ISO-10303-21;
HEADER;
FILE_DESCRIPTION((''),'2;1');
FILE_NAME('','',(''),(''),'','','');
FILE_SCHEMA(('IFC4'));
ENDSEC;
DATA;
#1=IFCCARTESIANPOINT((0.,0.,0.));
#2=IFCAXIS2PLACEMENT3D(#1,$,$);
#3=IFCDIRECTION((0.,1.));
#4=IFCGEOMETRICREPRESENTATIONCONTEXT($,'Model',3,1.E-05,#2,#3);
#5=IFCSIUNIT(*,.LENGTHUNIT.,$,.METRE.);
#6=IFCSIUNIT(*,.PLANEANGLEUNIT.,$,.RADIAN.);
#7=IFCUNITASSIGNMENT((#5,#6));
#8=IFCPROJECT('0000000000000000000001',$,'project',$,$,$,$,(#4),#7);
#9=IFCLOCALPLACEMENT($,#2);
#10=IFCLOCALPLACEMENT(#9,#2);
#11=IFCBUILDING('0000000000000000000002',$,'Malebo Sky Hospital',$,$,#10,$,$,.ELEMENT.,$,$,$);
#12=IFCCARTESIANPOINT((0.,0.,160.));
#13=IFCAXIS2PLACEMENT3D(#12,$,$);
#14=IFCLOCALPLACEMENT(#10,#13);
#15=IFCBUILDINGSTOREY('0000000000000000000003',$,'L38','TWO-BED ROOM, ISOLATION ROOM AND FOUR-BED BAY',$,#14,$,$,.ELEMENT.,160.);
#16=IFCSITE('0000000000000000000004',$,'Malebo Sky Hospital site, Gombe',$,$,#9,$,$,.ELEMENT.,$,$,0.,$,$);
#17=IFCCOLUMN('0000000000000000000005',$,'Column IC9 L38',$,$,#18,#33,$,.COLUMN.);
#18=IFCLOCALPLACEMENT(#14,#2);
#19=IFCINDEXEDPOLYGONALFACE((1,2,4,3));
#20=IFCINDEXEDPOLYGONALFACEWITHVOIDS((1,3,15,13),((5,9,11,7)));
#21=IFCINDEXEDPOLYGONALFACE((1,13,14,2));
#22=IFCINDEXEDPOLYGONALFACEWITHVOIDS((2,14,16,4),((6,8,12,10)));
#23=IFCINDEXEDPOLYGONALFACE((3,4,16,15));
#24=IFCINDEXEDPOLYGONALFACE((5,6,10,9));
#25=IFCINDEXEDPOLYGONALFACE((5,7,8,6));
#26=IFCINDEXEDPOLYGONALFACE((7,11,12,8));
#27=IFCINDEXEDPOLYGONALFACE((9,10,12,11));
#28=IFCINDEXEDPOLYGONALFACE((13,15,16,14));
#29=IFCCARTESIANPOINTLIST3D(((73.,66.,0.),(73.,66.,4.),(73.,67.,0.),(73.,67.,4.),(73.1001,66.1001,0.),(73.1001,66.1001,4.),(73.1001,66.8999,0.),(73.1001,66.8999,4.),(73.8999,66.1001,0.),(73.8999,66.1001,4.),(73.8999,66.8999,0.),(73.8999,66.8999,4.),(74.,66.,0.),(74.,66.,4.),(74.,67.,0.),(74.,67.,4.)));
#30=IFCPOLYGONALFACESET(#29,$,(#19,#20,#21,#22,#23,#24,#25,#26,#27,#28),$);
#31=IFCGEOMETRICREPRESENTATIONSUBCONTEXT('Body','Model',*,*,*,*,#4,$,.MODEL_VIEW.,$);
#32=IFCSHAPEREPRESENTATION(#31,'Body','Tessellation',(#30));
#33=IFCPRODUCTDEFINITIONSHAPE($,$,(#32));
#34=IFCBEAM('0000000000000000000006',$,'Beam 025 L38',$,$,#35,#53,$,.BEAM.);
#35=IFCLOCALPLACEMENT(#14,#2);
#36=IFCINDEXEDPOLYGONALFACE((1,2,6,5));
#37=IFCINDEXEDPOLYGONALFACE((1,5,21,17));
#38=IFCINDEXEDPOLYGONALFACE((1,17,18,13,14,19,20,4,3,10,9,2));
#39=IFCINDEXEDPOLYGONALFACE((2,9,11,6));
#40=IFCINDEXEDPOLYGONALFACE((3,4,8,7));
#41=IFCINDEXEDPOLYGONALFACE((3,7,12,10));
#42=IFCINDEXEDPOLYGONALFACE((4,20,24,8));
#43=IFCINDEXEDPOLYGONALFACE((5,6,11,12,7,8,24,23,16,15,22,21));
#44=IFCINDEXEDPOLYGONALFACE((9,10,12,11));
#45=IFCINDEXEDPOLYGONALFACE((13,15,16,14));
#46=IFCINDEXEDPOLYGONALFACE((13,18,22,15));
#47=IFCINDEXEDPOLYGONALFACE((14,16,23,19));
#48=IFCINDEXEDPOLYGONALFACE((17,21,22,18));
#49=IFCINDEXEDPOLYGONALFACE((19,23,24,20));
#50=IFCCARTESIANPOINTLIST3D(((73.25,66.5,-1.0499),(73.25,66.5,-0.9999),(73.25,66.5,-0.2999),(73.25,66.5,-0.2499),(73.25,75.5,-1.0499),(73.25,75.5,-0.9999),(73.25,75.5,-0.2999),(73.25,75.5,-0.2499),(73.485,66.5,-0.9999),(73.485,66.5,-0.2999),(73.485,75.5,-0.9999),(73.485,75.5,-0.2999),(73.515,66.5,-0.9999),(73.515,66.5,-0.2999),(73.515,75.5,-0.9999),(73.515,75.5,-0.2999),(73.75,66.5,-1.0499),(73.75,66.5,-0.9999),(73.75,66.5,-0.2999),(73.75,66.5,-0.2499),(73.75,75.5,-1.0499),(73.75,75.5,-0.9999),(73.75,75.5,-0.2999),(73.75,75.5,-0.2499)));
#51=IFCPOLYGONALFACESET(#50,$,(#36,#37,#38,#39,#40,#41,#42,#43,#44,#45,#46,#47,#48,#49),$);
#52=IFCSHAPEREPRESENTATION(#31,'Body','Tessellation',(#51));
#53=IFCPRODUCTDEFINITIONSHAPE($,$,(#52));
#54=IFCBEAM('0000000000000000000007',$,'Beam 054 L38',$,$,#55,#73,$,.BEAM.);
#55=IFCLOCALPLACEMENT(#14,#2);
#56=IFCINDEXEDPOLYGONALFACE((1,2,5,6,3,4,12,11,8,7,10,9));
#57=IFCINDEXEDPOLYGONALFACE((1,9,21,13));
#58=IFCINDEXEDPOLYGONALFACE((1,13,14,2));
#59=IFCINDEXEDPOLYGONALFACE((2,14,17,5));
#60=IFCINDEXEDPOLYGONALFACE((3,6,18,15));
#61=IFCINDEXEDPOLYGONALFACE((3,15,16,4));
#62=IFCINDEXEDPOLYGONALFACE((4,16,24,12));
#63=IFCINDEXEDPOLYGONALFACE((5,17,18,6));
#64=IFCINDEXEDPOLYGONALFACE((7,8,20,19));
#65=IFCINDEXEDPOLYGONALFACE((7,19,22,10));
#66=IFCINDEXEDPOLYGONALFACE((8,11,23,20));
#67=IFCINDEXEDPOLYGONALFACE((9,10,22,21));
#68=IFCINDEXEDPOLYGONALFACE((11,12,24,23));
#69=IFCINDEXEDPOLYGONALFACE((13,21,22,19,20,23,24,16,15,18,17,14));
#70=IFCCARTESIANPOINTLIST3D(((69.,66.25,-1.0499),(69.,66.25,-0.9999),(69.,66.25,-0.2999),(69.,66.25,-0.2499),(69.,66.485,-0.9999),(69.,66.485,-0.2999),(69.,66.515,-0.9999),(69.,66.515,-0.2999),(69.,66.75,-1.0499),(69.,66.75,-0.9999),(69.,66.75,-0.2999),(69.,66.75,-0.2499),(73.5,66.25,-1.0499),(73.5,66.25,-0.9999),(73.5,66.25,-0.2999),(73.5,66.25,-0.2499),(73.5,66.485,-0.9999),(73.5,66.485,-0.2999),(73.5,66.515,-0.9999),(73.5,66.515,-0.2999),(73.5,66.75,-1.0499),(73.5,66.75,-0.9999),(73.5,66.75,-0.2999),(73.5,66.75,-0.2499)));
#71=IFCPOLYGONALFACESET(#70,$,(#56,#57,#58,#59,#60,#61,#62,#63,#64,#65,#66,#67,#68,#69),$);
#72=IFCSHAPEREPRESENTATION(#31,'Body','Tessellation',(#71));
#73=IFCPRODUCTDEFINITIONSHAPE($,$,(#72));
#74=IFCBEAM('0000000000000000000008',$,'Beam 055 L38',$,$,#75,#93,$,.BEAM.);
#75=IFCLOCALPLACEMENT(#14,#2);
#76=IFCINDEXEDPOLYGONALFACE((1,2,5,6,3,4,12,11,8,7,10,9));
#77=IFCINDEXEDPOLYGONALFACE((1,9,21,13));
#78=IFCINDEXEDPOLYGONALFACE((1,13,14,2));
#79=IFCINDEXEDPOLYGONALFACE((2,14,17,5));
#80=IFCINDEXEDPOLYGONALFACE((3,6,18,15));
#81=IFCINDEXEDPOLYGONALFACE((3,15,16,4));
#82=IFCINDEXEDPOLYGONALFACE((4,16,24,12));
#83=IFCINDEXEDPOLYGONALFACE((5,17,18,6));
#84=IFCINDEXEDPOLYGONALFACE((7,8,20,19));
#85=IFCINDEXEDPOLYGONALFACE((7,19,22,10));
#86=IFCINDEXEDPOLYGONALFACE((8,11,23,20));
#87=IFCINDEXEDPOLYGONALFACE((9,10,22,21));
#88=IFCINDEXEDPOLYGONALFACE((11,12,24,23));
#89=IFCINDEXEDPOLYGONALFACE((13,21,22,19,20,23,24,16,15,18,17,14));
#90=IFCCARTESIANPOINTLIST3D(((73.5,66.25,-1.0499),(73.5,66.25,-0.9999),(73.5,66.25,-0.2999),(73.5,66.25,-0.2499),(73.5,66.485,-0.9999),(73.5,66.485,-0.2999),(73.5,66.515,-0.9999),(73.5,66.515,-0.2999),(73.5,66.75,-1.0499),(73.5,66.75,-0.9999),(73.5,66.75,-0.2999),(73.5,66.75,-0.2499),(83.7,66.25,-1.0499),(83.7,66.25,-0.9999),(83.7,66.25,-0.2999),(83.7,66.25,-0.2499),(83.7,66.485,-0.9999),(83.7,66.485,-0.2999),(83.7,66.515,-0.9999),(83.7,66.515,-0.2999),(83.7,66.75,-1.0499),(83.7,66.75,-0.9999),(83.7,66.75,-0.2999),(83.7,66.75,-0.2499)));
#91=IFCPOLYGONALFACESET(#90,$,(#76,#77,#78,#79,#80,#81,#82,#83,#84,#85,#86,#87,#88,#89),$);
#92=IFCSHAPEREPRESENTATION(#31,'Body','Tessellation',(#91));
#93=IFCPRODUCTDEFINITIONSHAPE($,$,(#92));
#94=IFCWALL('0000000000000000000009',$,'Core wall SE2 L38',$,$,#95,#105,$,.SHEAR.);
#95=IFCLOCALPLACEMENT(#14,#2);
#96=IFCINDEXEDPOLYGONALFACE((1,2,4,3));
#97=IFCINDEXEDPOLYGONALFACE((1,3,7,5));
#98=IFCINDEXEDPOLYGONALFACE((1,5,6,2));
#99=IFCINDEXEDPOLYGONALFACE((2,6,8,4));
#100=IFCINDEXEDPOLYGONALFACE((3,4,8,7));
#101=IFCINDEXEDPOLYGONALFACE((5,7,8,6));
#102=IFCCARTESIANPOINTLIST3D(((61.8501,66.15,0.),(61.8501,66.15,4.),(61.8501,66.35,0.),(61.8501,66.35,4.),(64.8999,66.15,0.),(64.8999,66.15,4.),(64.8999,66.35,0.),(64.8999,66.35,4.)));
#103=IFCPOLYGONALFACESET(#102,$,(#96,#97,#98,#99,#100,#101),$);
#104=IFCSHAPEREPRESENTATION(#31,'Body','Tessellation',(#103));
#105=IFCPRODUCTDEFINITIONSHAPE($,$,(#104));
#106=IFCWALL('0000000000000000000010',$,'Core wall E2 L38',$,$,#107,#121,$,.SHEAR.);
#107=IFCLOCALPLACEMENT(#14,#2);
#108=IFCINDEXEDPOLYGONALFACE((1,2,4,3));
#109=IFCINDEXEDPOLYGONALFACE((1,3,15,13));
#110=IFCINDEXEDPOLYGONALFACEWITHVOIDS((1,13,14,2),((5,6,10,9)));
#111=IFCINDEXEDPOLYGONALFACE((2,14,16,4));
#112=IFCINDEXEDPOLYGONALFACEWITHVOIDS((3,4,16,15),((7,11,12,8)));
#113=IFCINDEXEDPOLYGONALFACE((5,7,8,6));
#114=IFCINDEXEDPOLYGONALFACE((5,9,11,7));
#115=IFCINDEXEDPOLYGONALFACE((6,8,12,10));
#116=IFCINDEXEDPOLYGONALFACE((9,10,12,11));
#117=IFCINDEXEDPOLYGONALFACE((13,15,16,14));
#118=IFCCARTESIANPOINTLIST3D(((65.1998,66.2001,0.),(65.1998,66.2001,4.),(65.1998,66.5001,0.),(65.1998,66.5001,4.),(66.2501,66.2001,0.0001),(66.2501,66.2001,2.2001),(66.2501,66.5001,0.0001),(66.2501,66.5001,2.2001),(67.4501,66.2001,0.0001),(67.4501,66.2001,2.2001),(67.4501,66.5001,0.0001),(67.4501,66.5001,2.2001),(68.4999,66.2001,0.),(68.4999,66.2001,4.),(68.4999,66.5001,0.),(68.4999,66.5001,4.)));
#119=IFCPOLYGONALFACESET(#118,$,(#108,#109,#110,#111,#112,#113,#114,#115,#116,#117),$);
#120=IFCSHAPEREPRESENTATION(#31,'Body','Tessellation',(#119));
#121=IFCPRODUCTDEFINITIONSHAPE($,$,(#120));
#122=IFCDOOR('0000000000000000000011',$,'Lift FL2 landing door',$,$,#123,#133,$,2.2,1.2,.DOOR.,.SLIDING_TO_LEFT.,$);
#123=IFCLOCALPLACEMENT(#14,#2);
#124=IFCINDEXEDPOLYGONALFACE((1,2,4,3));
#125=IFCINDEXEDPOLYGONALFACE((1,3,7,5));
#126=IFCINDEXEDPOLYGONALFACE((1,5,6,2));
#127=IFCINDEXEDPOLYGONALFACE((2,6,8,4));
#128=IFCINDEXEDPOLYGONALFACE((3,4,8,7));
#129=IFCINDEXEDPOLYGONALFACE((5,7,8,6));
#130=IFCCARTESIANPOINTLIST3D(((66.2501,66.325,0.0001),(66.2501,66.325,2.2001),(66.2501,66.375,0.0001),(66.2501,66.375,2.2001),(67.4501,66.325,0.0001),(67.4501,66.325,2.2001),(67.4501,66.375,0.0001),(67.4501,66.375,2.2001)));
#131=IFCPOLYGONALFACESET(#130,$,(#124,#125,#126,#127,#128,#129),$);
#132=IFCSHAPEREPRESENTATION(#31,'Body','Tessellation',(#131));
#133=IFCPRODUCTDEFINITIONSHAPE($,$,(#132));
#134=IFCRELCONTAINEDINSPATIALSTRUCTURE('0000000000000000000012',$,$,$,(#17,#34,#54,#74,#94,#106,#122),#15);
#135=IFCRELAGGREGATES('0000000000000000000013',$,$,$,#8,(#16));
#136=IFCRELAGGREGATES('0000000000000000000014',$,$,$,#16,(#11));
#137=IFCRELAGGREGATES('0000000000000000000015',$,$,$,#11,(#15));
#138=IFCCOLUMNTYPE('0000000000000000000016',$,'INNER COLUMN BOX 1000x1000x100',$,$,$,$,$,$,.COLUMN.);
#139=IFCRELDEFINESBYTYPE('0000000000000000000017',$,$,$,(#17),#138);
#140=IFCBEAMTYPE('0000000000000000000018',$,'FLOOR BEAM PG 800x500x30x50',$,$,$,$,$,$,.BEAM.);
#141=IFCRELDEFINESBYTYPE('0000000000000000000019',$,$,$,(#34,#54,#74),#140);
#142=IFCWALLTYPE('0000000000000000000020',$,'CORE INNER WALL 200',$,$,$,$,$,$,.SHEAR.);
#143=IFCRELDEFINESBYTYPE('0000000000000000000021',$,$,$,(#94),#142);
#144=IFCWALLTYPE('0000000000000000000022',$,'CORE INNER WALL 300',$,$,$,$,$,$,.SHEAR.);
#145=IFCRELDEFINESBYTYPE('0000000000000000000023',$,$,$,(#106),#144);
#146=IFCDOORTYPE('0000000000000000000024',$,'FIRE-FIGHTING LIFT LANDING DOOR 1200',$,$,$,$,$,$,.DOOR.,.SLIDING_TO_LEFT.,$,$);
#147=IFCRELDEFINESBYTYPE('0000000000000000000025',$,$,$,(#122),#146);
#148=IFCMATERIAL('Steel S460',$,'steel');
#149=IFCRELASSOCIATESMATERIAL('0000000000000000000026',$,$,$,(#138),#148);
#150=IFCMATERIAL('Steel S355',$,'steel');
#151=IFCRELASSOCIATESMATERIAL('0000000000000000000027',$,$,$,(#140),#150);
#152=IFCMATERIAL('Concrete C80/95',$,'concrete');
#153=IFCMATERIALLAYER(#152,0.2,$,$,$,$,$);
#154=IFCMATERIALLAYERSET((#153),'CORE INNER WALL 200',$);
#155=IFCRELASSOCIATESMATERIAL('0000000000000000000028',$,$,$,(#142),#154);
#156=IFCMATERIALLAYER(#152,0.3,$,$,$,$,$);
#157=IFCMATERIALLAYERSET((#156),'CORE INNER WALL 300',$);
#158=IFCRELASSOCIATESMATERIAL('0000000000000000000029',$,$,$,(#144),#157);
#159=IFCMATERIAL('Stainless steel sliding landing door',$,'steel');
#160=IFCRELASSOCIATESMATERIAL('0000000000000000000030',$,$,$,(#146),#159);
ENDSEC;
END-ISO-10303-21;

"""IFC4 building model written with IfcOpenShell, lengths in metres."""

from ifc_helpers import new_model, si_unit, direction, frame, frame_2d, origin, origin_2d, place, context, subcontext, project, spatial, rectangle, hollow_rectangle, i_section, extrude, material, layer, layer_set, material_profile, profile_set, type_object, element, fill, save


model = new_model("IFC4")

# Units and contexts
model_context = context("Model", 3, precision=1e-05, world=origin(), true_north=direction((0.0, 1.0)))
body_context = subcontext(model_context, "Body", "Model", "MODEL_VIEW")
ifc_project = project(units=[si_unit("LENGTHUNIT", "METRE"), si_unit("PLANEANGLEUNIT", "RADIAN")], contexts=[model_context])

# Site, building, storey
site_placement = place(None, origin())
site = spatial("IfcSite", under=ifc_project, at=site_placement, Name="Malebo Sky Hospital site, Gombe", CompositionType="ELEMENT", RefElevation=0.0)
building_placement = place(site_placement, origin())
building = spatial("IfcBuilding", under=site, at=building_placement, Name="Malebo Sky Hospital", CompositionType="ELEMENT")
storey_placement = place(building_placement, frame((0.0, 0.0, 160.0)))
storey = spatial("IfcBuildingStorey", under=building, at=storey_placement, Name="L38", Description="TWO-BED ROOM, ISOLATION ROOM AND FOUR-BED BAY", CompositionType="ELEMENT", Elevation=160.0)

# Column
ifc_material_1 = material(Name="Steel S460", Category="steel")
ifc_material_profile_1 = material_profile(ifc_material_1, hollow_rectangle(XDim=1.0, YDim=1.0, WallThickness=0.1001, at=origin_2d()), Name="BOX 1000x1000x100")
ifc_profile_set_1 = profile_set([ifc_material_profile_1], Name="Steel S460")
column_type = type_object("IfcColumnType", Name="INNER COLUMN BOX 1000x1000x100", PredefinedType="COLUMN", material=ifc_profile_set_1)
column_placement = place(storey_placement, frame((73.5, 66.5, 0.0), z_axis=(0.0, 0.0, 1.0), x_axis=(1.0, 0.0, 0.0)))
element("IfcColumn", 1, at=column_placement, inside=storey, type_object=column_type, Name="Column IC9 L38", PredefinedType="COLUMN", context=body_context, shape_type="SweptSolid", body=[
    extrude(hollow_rectangle(XDim=1.0, YDim=1.0, WallThickness=0.1001, at=origin_2d()), origin(), (0.0, 0.0, 1.0), 4.0),
])

# Beams
ifc_material_2 = material(Name="Steel S355", Category="steel")
ifc_material_profile_2 = material_profile(ifc_material_2, i_section(OverallWidth=0.5, OverallDepth=0.8, WebThickness=0.03, FlangeThickness=0.05, at=origin_2d()), Name="PG 800x500x30x50")
ifc_profile_set_2 = profile_set([ifc_material_profile_2], Name="Steel S355")
beam_type = type_object("IfcBeamType", Name="FLOOR BEAM PG 800x500x30x50", PredefinedType="BEAM", material=ifc_profile_set_2)
beam_1_placement = place(storey_placement, frame((73.5, 66.5, -0.6499), z_axis=(0.0, 1.0, 0.0), x_axis=(-1.0, 0.0, 0.0)))
element("IfcBeam", 2, at=beam_1_placement, inside=storey, type_object=beam_type, Name="Beam 025 L38", PredefinedType="BEAM", context=body_context, shape_type="SweptSolid", body=[
    extrude(i_section(OverallWidth=0.5, OverallDepth=0.8, WebThickness=0.03, FlangeThickness=0.05, at=origin_2d()), origin(), (0.0, 0.0, 1.0), 9.0),
])
beam_2_placement = place(storey_placement, frame((69.0, 66.5, -0.6499), z_axis=(1.0, 0.0, 0.0), x_axis=(0.0, 1.0, 0.0)))
element("IfcBeam", 3, at=beam_2_placement, inside=storey, type_object=beam_type, Name="Beam 054 L38", PredefinedType="BEAM", context=body_context, shape_type="SweptSolid", body=[
    extrude(i_section(OverallWidth=0.5, OverallDepth=0.8, WebThickness=0.03, FlangeThickness=0.05, at=origin_2d()), origin(), (0.0, 0.0, 1.0), 4.5),
])
beam_3_placement = place(storey_placement, frame((73.5, 66.5, -0.6499), z_axis=(1.0, 0.0, 0.0), x_axis=(0.0, 1.0, 0.0)))
element("IfcBeam", 4, at=beam_3_placement, inside=storey, type_object=beam_type, Name="Beam 055 L38", PredefinedType="BEAM", context=body_context, shape_type="SweptSolid", body=[
    extrude(i_section(OverallWidth=0.5, OverallDepth=0.8, WebThickness=0.03, FlangeThickness=0.05, at=origin_2d()), origin(), (0.0, 0.0, 1.0), 10.2),
])

# Wall
ifc_material_3 = material(Name="Concrete C80/95", Category="concrete")
ifc_layer_1 = layer(ifc_material_3, 0.2)
ifc_layer_set_1 = layer_set([ifc_layer_1], Name="CORE INNER WALL 200")
wall_type_1 = type_object("IfcWallType", Name="CORE INNER WALL 200", PredefinedType="SHEAR", material=ifc_layer_set_1)
wall_1_placement = place(storey_placement, frame((61.8501, 66.25, 0.0), z_axis=(0.0, 0.0, 1.0), x_axis=(1.0, 0.0, 0.0)))
element("IfcWall", 5, at=wall_1_placement, inside=storey, type_object=wall_type_1, Name="Core wall SE2 L38", PredefinedType="SHEAR", context=body_context, shape_type="SweptSolid", body=[
    extrude(rectangle(XDim=3.0498, YDim=0.2, at=frame_2d((1.5249, 0.0))), origin(), (0.0, 0.0, 1.0), 4.0),
])

# Wall, opening, door
ifc_layer_2 = layer(ifc_material_3, 0.3)
ifc_layer_set_2 = layer_set([ifc_layer_2], Name="CORE INNER WALL 300")
wall_type_2 = type_object("IfcWallType", Name="CORE INNER WALL 300", PredefinedType="SHEAR", material=ifc_layer_set_2)
wall_2_placement = place(storey_placement, frame((65.2, 66.3501, 0.0), z_axis=(0.0, 0.0, 1.0), x_axis=(1.0, 0.0, 0.0)))
wall_2 = element("IfcWall", 6, at=wall_2_placement, inside=storey, type_object=wall_type_2, Name="Core wall E2 L38", PredefinedType="SHEAR", context=body_context, shape_type="SweptSolid", body=[
    extrude(rectangle(XDim=3.3, YDim=0.3, at=frame_2d((1.6499, 0.0))), origin(), (0.0, 0.0, 1.0), 4.0),
])
opening_1_placement = place(wall_2_placement, frame((1.05, 0.0, 0.0)))
opening_1 = element("IfcOpeningElement", 7, at=opening_1_placement, cuts=wall_2, PredefinedType="OPENING", context=body_context, shape_type="SweptSolid", body=[
    extrude(rectangle(XDim=1.2, YDim=2.2, at=frame_2d((0.6001, 1.1001))), frame((0.0, 0.1599, 0.0), z_axis=(0.0, -1.0, 0.0), x_axis=(1.0, 0.0, 0.0)), (0.0, 0.0, 1.0), 0.3201),
])
ifc_material_4 = material(Name="Stainless steel sliding landing door", Category="steel")
door_type_1 = type_object("IfcDoorType", Name="FIRE-FIGHTING LIFT LANDING DOOR 1200", OperationType="SLIDING_TO_LEFT", PredefinedType="DOOR", material=ifc_material_4)
door_1_placement = place(opening_1_placement, origin())
door_1 = element("IfcDoor", 8, at=door_1_placement, inside=storey, type_object=door_type_1, Name="Lift FL2 landing door", OperationType="SLIDING_TO_LEFT", OverallHeight=2.2, OverallWidth=1.2, PredefinedType="DOOR", context=body_context, shape_type="SweptSolid", body=[
    extrude(rectangle(XDim=1.2, YDim=2.2, at=frame_2d((0.6001, 1.1001))), frame((0.0, 0.0249, 0.0), z_axis=(0.0, -1.0, 0.0), x_axis=(1.0, 0.0, 0.0)), (0.0, 0.0, 1.0), 0.05),
])
fill(opening_1, door_1)

save(model, "model.ifc")
